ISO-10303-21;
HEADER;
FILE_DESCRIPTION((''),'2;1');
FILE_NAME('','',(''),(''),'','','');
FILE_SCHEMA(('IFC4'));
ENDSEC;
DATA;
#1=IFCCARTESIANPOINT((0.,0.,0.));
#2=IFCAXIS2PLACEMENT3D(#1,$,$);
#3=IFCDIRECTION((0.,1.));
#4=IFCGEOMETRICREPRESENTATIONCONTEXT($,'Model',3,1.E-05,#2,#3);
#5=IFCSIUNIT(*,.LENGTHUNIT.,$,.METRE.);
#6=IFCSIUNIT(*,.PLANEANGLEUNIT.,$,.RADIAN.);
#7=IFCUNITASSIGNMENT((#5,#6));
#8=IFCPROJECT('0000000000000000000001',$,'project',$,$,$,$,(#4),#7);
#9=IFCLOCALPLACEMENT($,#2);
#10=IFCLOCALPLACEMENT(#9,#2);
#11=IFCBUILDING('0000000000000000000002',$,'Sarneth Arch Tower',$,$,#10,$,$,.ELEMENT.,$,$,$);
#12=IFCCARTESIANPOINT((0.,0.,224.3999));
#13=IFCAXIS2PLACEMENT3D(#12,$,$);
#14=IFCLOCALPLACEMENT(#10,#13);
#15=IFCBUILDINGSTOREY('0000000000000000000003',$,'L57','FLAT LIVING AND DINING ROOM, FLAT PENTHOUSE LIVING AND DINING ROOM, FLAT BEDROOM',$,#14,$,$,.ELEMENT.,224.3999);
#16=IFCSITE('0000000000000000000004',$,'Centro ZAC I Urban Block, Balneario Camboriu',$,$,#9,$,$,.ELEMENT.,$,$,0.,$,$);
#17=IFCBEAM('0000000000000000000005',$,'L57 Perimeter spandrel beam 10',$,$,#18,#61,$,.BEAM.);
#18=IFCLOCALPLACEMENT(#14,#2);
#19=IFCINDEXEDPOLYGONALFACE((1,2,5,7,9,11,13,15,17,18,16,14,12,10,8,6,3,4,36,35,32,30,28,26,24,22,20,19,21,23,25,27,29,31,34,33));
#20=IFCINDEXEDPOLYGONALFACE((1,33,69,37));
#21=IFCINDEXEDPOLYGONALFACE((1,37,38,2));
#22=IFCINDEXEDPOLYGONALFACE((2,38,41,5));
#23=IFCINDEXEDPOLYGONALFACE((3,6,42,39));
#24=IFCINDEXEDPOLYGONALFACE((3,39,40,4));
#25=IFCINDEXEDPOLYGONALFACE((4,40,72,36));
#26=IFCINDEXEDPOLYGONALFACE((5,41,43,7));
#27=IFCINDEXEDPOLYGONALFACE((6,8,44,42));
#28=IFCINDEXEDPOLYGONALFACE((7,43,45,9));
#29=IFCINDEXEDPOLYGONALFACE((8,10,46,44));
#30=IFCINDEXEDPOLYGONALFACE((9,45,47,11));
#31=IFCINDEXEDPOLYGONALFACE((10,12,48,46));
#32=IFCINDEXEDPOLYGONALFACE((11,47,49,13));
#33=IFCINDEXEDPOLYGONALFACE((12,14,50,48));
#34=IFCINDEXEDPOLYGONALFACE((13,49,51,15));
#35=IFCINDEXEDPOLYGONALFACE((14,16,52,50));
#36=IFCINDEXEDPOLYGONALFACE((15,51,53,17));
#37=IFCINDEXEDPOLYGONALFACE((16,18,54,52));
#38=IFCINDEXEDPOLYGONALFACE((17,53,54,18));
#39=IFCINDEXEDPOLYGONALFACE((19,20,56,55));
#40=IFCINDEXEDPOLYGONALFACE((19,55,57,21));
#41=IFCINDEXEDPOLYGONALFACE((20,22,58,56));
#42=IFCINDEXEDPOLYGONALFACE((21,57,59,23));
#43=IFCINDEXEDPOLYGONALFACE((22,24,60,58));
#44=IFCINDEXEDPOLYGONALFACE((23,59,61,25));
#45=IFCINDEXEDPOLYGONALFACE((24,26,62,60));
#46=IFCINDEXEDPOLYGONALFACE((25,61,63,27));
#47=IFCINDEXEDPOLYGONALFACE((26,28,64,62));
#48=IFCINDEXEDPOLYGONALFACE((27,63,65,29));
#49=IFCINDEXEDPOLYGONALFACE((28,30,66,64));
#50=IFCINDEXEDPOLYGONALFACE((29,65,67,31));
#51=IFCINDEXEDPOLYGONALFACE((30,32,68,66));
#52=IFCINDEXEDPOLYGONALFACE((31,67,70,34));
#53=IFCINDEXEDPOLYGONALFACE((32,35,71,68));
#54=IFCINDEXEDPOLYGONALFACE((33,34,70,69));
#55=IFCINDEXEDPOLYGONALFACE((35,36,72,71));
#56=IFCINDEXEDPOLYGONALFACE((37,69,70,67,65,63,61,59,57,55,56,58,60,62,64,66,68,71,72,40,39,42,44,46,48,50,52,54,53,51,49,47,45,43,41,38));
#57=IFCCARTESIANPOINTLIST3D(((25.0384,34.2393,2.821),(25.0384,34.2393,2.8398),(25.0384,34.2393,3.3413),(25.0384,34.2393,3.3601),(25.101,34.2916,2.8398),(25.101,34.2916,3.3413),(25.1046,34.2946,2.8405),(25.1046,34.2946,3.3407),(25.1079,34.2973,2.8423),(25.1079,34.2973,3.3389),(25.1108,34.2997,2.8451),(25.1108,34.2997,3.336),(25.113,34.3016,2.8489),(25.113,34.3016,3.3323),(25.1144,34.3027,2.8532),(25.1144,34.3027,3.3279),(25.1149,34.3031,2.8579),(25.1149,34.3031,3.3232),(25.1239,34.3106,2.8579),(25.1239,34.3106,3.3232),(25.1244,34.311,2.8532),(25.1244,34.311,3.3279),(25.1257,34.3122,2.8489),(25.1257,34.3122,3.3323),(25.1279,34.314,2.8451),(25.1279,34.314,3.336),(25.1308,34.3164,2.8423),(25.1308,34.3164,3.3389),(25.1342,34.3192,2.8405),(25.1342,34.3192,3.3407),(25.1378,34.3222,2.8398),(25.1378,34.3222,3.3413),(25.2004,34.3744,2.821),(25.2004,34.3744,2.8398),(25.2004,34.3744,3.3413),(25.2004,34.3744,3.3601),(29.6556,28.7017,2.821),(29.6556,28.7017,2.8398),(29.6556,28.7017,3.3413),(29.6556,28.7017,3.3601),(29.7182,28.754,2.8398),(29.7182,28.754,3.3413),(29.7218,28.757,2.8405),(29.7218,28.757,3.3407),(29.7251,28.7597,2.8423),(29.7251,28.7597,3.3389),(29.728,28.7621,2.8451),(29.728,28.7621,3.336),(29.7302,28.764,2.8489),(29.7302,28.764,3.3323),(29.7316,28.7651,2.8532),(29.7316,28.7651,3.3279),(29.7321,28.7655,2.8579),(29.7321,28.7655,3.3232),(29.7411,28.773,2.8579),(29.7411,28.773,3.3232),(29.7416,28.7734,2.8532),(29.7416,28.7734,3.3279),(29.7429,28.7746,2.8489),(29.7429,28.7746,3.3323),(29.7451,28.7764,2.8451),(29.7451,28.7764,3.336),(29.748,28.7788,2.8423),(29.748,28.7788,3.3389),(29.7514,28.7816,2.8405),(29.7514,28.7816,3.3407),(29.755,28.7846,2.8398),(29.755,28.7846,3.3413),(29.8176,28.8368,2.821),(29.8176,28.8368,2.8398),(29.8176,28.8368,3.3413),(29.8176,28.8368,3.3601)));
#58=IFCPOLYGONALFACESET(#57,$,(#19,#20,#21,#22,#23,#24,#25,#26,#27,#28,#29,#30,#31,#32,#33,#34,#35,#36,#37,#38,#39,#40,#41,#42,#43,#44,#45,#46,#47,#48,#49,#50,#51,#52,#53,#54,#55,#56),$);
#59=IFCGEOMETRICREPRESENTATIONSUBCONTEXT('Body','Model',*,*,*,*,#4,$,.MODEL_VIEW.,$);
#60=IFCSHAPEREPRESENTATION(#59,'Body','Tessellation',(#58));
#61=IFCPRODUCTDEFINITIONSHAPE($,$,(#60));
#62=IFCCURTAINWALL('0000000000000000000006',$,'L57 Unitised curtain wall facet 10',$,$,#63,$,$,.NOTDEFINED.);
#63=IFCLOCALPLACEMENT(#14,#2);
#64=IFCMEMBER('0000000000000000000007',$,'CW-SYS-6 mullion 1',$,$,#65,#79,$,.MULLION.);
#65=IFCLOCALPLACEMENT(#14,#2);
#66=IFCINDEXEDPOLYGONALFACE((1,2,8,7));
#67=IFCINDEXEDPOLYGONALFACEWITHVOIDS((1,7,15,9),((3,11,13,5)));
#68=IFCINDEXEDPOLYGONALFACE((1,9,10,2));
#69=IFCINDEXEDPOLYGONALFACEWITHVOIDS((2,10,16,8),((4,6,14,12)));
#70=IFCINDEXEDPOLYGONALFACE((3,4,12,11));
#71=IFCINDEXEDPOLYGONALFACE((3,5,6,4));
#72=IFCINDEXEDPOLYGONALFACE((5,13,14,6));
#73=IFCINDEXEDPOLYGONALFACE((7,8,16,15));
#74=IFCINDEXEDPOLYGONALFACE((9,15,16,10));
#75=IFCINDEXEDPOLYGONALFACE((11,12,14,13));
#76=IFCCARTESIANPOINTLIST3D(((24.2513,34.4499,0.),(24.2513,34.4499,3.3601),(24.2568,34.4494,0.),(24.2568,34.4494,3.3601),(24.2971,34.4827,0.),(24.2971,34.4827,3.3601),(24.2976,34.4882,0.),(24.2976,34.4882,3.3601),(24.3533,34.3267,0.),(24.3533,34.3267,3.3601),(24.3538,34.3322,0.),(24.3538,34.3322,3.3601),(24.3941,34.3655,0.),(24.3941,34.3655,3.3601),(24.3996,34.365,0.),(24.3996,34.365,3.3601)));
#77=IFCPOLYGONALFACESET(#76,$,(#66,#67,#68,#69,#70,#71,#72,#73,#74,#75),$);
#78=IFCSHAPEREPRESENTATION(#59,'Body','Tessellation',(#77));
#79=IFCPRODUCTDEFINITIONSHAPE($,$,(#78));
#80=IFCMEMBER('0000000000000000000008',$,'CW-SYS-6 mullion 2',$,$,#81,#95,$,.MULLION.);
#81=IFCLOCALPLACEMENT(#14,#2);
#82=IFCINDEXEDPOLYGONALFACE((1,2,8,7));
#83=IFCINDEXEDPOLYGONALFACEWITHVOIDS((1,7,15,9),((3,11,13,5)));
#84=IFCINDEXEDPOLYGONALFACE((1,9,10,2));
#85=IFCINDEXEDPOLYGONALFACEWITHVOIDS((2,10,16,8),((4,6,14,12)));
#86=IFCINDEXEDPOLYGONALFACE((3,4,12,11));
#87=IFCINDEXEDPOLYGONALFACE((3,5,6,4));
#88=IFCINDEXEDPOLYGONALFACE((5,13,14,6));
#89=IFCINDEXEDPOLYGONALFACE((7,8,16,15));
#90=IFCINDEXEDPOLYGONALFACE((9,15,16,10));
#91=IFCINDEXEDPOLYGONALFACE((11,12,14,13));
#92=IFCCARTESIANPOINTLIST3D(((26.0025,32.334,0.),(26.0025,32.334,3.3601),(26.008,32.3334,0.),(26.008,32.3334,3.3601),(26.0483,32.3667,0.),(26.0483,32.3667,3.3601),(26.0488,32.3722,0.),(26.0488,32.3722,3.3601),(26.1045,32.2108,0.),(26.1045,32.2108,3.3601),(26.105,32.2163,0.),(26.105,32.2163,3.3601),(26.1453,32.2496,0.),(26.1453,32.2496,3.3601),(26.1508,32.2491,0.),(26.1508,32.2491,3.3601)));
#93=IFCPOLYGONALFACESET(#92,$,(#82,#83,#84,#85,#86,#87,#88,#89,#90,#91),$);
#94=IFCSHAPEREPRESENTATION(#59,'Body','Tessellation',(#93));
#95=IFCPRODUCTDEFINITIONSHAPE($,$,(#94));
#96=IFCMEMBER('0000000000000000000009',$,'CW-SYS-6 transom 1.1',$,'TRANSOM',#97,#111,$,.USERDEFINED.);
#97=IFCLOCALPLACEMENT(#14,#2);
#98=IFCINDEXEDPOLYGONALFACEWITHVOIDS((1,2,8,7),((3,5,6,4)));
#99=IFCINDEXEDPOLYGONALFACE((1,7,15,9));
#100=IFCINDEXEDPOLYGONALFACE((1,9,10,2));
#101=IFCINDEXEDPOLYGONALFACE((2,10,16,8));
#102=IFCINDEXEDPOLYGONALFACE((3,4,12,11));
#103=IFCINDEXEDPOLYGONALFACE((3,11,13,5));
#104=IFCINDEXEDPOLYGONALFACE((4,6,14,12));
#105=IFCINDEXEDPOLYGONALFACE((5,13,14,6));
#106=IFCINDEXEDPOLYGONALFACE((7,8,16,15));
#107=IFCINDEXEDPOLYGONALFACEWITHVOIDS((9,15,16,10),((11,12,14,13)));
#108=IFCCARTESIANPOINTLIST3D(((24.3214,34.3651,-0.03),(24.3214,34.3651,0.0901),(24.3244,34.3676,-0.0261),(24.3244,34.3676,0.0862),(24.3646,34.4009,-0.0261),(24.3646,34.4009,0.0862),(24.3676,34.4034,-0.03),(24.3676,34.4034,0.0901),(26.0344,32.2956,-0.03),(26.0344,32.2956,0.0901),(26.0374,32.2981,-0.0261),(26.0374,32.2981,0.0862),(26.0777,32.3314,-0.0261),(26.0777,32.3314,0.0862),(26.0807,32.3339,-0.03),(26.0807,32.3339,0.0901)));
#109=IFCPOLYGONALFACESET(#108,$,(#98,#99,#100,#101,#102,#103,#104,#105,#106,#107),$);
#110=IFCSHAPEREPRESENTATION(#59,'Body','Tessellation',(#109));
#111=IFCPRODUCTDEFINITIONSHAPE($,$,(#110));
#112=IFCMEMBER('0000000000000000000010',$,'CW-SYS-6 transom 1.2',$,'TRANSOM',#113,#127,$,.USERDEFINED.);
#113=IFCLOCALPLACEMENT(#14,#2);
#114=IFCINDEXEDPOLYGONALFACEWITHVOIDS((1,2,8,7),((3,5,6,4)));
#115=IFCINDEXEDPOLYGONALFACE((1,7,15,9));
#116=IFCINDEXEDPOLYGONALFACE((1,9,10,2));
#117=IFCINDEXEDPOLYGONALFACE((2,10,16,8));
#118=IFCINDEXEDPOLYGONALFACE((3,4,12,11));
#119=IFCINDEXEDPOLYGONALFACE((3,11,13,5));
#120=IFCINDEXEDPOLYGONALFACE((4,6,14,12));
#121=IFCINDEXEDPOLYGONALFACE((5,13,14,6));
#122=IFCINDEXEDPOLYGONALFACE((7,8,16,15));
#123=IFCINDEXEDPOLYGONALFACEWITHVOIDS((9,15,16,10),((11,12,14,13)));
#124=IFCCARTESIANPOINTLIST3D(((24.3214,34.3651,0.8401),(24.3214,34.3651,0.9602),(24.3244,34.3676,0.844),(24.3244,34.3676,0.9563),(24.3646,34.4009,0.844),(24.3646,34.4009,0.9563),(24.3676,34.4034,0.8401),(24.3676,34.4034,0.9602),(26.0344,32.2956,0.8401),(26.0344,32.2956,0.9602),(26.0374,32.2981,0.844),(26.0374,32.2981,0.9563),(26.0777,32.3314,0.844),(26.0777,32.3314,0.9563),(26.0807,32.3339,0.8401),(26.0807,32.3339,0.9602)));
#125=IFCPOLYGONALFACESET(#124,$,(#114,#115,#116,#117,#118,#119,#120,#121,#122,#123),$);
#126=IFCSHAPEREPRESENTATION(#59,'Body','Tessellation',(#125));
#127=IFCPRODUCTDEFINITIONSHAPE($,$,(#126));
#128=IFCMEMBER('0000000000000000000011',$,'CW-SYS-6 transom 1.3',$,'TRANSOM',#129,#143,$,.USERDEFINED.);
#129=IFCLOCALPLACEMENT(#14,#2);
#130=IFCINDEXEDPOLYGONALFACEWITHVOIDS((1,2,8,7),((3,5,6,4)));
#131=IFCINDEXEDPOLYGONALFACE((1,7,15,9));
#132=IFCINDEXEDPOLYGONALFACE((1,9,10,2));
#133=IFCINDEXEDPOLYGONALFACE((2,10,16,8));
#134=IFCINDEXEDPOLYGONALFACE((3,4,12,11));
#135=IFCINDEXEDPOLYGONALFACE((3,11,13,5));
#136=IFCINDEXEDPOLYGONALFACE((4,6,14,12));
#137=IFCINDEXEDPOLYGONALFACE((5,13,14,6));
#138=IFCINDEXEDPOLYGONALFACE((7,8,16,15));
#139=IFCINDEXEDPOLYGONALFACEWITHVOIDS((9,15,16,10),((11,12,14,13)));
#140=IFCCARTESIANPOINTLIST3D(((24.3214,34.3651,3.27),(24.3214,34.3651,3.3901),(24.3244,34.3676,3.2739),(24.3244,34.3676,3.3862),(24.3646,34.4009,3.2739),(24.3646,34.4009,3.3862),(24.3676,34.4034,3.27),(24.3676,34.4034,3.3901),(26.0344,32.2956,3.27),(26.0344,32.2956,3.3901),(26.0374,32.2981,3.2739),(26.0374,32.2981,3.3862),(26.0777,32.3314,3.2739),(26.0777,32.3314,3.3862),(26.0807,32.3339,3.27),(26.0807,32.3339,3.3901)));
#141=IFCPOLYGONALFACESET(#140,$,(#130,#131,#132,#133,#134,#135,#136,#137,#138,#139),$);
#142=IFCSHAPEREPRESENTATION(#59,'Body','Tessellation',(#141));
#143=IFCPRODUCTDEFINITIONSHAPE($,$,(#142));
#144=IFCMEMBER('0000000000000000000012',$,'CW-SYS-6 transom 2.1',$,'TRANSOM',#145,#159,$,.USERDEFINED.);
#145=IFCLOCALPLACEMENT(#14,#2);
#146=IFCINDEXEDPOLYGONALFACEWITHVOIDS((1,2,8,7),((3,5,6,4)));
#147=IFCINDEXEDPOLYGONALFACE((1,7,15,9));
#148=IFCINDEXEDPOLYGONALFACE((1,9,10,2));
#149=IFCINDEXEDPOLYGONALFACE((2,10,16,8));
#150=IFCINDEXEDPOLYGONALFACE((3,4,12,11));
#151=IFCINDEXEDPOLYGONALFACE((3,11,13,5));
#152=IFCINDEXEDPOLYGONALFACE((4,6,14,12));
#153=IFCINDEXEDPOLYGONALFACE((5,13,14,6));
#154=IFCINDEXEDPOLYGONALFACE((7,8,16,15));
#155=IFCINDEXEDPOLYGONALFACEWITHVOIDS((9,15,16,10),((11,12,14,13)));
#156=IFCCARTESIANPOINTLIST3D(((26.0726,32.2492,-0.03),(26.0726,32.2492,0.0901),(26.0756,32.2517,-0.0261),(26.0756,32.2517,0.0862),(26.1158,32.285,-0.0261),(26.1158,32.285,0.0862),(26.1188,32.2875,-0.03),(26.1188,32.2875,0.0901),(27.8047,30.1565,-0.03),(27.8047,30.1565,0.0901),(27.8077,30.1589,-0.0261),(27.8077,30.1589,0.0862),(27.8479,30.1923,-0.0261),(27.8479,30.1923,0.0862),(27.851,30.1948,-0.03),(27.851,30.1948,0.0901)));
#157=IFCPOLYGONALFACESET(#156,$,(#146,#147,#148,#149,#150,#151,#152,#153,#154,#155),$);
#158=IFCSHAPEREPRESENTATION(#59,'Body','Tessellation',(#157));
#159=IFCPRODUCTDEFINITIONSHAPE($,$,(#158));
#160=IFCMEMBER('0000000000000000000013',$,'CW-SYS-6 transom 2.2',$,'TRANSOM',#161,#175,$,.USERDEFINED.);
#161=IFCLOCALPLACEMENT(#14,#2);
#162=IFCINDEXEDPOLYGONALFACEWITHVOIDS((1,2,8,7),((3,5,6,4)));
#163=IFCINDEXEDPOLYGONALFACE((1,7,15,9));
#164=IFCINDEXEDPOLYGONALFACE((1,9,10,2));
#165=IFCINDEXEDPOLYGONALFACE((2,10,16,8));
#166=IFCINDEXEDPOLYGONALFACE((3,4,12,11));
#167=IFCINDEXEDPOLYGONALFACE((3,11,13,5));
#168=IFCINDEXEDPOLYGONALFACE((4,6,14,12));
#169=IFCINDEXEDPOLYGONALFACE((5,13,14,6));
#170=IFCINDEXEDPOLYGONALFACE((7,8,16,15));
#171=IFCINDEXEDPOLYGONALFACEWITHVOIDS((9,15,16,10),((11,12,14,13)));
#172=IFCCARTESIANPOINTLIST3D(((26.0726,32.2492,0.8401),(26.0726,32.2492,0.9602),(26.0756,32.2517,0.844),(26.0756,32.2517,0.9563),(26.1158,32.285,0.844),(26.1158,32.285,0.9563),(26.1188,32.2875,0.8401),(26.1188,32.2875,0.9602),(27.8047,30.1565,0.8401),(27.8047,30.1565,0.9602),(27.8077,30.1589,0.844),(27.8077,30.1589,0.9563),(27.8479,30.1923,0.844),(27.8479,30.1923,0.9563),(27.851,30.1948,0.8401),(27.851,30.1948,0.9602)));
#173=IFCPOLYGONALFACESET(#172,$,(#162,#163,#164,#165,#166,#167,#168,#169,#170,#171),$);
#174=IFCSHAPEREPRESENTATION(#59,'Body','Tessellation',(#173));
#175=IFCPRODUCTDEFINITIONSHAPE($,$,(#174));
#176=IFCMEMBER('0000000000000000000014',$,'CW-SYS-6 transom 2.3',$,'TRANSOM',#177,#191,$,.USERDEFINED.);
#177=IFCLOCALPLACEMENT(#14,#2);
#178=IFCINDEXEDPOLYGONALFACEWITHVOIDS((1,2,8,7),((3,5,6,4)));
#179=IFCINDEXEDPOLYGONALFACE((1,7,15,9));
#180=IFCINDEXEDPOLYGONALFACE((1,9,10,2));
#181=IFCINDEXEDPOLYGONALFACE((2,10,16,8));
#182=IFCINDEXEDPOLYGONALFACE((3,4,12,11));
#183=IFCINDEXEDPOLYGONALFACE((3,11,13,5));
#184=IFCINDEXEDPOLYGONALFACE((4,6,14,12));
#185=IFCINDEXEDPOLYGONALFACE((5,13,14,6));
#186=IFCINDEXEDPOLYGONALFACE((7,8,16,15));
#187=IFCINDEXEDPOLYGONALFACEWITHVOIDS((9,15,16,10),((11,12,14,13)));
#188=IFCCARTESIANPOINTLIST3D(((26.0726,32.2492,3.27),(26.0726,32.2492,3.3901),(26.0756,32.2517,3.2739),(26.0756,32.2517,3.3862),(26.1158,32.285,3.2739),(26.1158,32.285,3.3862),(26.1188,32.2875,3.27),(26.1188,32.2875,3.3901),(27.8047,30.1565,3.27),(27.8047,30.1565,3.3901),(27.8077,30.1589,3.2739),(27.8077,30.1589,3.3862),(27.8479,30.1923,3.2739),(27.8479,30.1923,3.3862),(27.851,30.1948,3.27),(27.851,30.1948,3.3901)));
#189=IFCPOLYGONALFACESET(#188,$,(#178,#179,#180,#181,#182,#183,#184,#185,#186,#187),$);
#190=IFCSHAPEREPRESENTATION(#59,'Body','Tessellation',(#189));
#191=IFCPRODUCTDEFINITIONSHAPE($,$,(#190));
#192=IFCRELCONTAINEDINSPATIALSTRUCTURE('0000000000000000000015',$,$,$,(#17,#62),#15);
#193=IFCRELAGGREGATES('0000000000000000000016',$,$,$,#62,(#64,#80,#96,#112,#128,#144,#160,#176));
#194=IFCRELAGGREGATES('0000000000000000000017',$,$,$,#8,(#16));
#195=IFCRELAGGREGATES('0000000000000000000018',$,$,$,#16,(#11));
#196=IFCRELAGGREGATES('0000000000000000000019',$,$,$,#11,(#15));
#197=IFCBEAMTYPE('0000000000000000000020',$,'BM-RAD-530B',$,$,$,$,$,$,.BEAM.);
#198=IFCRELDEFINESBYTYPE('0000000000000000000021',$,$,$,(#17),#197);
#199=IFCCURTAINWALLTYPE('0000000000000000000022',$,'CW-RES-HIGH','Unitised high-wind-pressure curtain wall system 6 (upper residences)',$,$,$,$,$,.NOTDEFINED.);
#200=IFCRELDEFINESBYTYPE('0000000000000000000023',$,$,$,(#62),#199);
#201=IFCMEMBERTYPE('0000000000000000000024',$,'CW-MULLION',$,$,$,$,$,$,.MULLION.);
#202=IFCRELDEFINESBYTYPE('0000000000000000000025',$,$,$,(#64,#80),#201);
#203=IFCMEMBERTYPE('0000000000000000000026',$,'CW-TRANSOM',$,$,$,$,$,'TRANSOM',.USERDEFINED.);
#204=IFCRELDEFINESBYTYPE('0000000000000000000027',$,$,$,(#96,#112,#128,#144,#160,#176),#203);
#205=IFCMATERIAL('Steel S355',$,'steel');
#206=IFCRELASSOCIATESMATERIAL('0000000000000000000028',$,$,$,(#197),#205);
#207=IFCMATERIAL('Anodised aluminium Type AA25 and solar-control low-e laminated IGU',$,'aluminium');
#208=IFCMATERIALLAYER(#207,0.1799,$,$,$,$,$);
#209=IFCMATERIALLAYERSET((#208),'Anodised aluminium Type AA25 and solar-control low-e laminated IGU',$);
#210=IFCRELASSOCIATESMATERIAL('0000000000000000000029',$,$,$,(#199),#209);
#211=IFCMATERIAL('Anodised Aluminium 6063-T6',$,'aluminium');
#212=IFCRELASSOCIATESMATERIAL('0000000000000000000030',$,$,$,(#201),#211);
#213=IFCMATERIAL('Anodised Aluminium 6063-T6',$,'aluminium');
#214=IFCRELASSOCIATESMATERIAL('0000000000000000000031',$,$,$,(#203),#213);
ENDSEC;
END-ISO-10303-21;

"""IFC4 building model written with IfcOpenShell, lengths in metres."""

from ifc_helpers import new_model, si_unit, direction, frame, origin, origin_2d, place, context, subcontext, project, spatial, hollow_rectangle, i_section, extrude, material, layer, layer_set, material_profile, profile_set, type_object, element, aggregate, save


model = new_model("IFC4")

# Units and contexts
model_context = context("Model", 3, precision=1e-05, world=origin(), true_north=direction((0.0, 1.0)))
body_context = subcontext(model_context, "Body", "Model", "MODEL_VIEW")
ifc_project = project(units=[si_unit("LENGTHUNIT", "METRE"), si_unit("PLANEANGLEUNIT", "RADIAN")], contexts=[model_context])

# Site, building, storey
site_placement = place(None, origin())
site = spatial("IfcSite", under=ifc_project, at=site_placement, Name="Centro ZAC I Urban Block, Balneario Camboriu", CompositionType="ELEMENT", RefElevation=0.0)
building_placement = place(site_placement, origin())
building = spatial("IfcBuilding", under=site, at=building_placement, Name="Sarneth Arch Tower", CompositionType="ELEMENT")
storey_placement = place(building_placement, frame((0.0, 0.0, 224.3999)))
storey = spatial("IfcBuildingStorey", under=building, at=storey_placement, Name="L57", Description="FLAT LIVING AND DINING ROOM, FLAT PENTHOUSE LIVING AND DINING ROOM, FLAT BEDROOM", CompositionType="ELEMENT", Elevation=224.3999)

# Beam
ifc_material_1 = material(Name="Steel S355", Category="steel")
ifc_material_profile_1 = material_profile(ifc_material_1, i_section(OverallWidth=0.2109, OverallDepth=0.5391, WebThickness=0.0117, FlangeThickness=0.0188, FilletRadius=0.0181, at=origin_2d()), Name="W530x109")
ifc_profile_set_1 = profile_set([ifc_material_profile_1], Name="Steel S355")
beam_type_1 = type_object("IfcBeamType", Name="BM-RAD-530B", PredefinedType="BEAM", material=ifc_profile_set_1)
beam_1_placement = place(storey_placement, frame((25.1194, 34.3069, 3.0906), z_axis=(0.640391, -0.768049, 0.0), x_axis=(0.768049, 0.640391, 0.0)))
element("IfcBeam", 1, at=beam_1_placement, inside=storey, type_object=beam_type_1, Name="L57 Perimeter spandrel beam 10", PredefinedType="BEAM", context=body_context, shape_type="SweptSolid", body=[
    extrude(i_section(OverallWidth=0.2109, OverallDepth=0.5391, WebThickness=0.0117, FlangeThickness=0.0188, FilletRadius=0.0181, at=origin_2d()), origin(), (0.0, 0.0, 1.0), 7.21),
])

# Curtain wall, members
ifc_material_2 = material(Name="Anodised aluminium Type AA25 and solar-control low-e laminated IGU", Category="aluminium")
ifc_layer_1 = layer(ifc_material_2, 0.1799)
ifc_layer_set_1 = layer_set([ifc_layer_1], Name="Anodised aluminium Type AA25 and solar-control low-e laminated IGU")
curtain_wall_type = type_object("IfcCurtainWallType", Name="CW-RES-HIGH", Description="Unitised high-wind-pressure curtain wall system 6 (upper residences)", PredefinedType="NOTDEFINED", material=ifc_layer_set_1)
curtain_wall_placement = place(storey_placement, origin())
curtain_wall = element("IfcCurtainWall", 2, at=curtain_wall_placement, inside=storey, type_object=curtain_wall_type, Name="L57 Unitised curtain wall facet 10", PredefinedType="NOTDEFINED")
ifc_material_3 = material(Name="Anodised Aluminium 6063-T6", Category="aluminium")
ifc_material_profile_2 = material_profile(ifc_material_3, hollow_rectangle(XDim=0.0601, YDim=0.1599, WallThickness=0.0039, at=origin_2d()), Name="AL-MULL-160x60x4")
ifc_profile_set_2 = profile_set([ifc_material_profile_2], Name="Anodised Aluminium 6063-T6")
member_type_1 = type_object("IfcMemberType", Name="CW-MULLION", PredefinedType="MULLION", material=ifc_profile_set_2)
member_1_placement = place(storey_placement, frame((24.3254, 34.4075, 0.0), z_axis=(0.0, 0.0, 1.0), x_axis=(0.770359, 0.63761, 0.0)))
member_1 = element("IfcMember", 3, at=member_1_placement, type_object=member_type_1, Name="CW-SYS-6 mullion 1", PredefinedType="MULLION", context=body_context, shape_type="SweptSolid", body=[
    extrude(hollow_rectangle(XDim=0.0601, YDim=0.1599, WallThickness=0.0039, at=origin_2d()), origin(), (0.0, 0.0, 1.0), 3.3601),
])
member_2_placement = place(storey_placement, frame((26.0767, 32.2915, 0.0), z_axis=(0.0, 0.0, 1.0), x_axis=(0.770359, 0.63761, 0.0)))
member_2 = element("IfcMember", 4, at=member_2_placement, type_object=member_type_1, Name="CW-SYS-6 mullion 2", PredefinedType="MULLION", context=body_context, shape_type="SweptSolid", body=[
    extrude(hollow_rectangle(XDim=0.0601, YDim=0.1599, WallThickness=0.0039, at=origin_2d()), origin(), (0.0, 0.0, 1.0), 3.3601),
])
ifc_material_4 = material(Name="Anodised Aluminium 6063-T6", Category="aluminium")
ifc_material_profile_3 = material_profile(ifc_material_4, hollow_rectangle(XDim=0.0601, YDim=0.1201, WallThickness=0.0039, at=origin_2d()), Name="AL-TRAN-120x60x4")
ifc_profile_set_3 = profile_set([ifc_material_profile_3], Name="Anodised Aluminium 6063-T6")
member_type_2 = type_object("IfcMemberType", Name="CW-TRANSOM", ElementType="TRANSOM", PredefinedType="USERDEFINED", material=ifc_profile_set_3)
member_3_placement = place(storey_placement, frame((24.3445, 34.3843, 0.03), z_axis=(0.637651, -0.770325, 0.0), x_axis=(0.770325, 0.637651, 0.0)))
member_3 = element("IfcMember", 5, at=member_3_placement, type_object=member_type_2, Name="CW-SYS-6 transom 1.1", ObjectType="TRANSOM", PredefinedType="USERDEFINED", context=body_context, shape_type="SweptSolid", body=[
    extrude(hollow_rectangle(XDim=0.0601, YDim=0.1201, WallThickness=0.0039, at=origin_2d()), origin(), (0.0, 0.0, 1.0), 2.6865),
])
member_4_placement = place(storey_placement, frame((24.3445, 34.3843, 0.9001), z_axis=(0.637651, -0.770325, 0.0), x_axis=(0.770325, 0.637651, 0.0)))
member_4 = element("IfcMember", 6, at=member_4_placement, type_object=member_type_2, Name="CW-SYS-6 transom 1.2", ObjectType="TRANSOM", PredefinedType="USERDEFINED", context=body_context, shape_type="SweptSolid", body=[
    extrude(hollow_rectangle(XDim=0.0601, YDim=0.1201, WallThickness=0.0039, at=origin_2d()), origin(), (0.0, 0.0, 1.0), 2.6865),
])
member_5_placement = place(storey_placement, frame((24.3445, 34.3843, 3.3301), z_axis=(0.637651, -0.770325, 0.0), x_axis=(0.770325, 0.637651, 0.0)))
member_5 = element("IfcMember", 7, at=member_5_placement, type_object=member_type_2, Name="CW-SYS-6 transom 1.3", ObjectType="TRANSOM", PredefinedType="USERDEFINED", context=body_context, shape_type="SweptSolid", body=[
    extrude(hollow_rectangle(XDim=0.0601, YDim=0.1201, WallThickness=0.0039, at=origin_2d()), origin(), (0.0, 0.0, 1.0), 2.6865),
])
member_6_placement = place(storey_placement, frame((26.0957, 32.2683, 0.03), z_axis=(0.637617, -0.770353, 0.0), x_axis=(0.770353, 0.637617, 0.0)))
member_6 = element("IfcMember", 8, at=member_6_placement, type_object=member_type_2, Name="CW-SYS-6 transom 2.1", ObjectType="TRANSOM", PredefinedType="USERDEFINED", context=body_context, shape_type="SweptSolid", body=[
    extrude(hollow_rectangle(XDim=0.0601, YDim=0.1201, WallThickness=0.0039, at=origin_2d()), origin(), (0.0, 0.0, 1.0), 2.7166),
])
member_7_placement = place(storey_placement, frame((26.0957, 32.2683, 0.9001), z_axis=(0.637617, -0.770353, 0.0), x_axis=(0.770353, 0.637617, 0.0)))
member_7 = element("IfcMember", 9, at=member_7_placement, type_object=member_type_2, Name="CW-SYS-6 transom 2.2", ObjectType="TRANSOM", PredefinedType="USERDEFINED", context=body_context, shape_type="SweptSolid", body=[
    extrude(hollow_rectangle(XDim=0.0601, YDim=0.1201, WallThickness=0.0039, at=origin_2d()), origin(), (0.0, 0.0, 1.0), 2.7166),
])
member_8_placement = place(storey_placement, frame((26.0957, 32.2683, 3.3301), z_axis=(0.637617, -0.770353, 0.0), x_axis=(0.770353, 0.637617, 0.0)))
member_8 = element("IfcMember", 10, at=member_8_placement, type_object=member_type_2, Name="CW-SYS-6 transom 2.3", ObjectType="TRANSOM", PredefinedType="USERDEFINED", context=body_context, shape_type="SweptSolid", body=[
    extrude(hollow_rectangle(XDim=0.0601, YDim=0.1201, WallThickness=0.0039, at=origin_2d()), origin(), (0.0, 0.0, 1.0), 2.7166),
])
aggregate(curtain_wall, [member_1, member_2, member_3, member_4, member_5, member_6, member_7, member_8])

save(model, "model.ifc")
